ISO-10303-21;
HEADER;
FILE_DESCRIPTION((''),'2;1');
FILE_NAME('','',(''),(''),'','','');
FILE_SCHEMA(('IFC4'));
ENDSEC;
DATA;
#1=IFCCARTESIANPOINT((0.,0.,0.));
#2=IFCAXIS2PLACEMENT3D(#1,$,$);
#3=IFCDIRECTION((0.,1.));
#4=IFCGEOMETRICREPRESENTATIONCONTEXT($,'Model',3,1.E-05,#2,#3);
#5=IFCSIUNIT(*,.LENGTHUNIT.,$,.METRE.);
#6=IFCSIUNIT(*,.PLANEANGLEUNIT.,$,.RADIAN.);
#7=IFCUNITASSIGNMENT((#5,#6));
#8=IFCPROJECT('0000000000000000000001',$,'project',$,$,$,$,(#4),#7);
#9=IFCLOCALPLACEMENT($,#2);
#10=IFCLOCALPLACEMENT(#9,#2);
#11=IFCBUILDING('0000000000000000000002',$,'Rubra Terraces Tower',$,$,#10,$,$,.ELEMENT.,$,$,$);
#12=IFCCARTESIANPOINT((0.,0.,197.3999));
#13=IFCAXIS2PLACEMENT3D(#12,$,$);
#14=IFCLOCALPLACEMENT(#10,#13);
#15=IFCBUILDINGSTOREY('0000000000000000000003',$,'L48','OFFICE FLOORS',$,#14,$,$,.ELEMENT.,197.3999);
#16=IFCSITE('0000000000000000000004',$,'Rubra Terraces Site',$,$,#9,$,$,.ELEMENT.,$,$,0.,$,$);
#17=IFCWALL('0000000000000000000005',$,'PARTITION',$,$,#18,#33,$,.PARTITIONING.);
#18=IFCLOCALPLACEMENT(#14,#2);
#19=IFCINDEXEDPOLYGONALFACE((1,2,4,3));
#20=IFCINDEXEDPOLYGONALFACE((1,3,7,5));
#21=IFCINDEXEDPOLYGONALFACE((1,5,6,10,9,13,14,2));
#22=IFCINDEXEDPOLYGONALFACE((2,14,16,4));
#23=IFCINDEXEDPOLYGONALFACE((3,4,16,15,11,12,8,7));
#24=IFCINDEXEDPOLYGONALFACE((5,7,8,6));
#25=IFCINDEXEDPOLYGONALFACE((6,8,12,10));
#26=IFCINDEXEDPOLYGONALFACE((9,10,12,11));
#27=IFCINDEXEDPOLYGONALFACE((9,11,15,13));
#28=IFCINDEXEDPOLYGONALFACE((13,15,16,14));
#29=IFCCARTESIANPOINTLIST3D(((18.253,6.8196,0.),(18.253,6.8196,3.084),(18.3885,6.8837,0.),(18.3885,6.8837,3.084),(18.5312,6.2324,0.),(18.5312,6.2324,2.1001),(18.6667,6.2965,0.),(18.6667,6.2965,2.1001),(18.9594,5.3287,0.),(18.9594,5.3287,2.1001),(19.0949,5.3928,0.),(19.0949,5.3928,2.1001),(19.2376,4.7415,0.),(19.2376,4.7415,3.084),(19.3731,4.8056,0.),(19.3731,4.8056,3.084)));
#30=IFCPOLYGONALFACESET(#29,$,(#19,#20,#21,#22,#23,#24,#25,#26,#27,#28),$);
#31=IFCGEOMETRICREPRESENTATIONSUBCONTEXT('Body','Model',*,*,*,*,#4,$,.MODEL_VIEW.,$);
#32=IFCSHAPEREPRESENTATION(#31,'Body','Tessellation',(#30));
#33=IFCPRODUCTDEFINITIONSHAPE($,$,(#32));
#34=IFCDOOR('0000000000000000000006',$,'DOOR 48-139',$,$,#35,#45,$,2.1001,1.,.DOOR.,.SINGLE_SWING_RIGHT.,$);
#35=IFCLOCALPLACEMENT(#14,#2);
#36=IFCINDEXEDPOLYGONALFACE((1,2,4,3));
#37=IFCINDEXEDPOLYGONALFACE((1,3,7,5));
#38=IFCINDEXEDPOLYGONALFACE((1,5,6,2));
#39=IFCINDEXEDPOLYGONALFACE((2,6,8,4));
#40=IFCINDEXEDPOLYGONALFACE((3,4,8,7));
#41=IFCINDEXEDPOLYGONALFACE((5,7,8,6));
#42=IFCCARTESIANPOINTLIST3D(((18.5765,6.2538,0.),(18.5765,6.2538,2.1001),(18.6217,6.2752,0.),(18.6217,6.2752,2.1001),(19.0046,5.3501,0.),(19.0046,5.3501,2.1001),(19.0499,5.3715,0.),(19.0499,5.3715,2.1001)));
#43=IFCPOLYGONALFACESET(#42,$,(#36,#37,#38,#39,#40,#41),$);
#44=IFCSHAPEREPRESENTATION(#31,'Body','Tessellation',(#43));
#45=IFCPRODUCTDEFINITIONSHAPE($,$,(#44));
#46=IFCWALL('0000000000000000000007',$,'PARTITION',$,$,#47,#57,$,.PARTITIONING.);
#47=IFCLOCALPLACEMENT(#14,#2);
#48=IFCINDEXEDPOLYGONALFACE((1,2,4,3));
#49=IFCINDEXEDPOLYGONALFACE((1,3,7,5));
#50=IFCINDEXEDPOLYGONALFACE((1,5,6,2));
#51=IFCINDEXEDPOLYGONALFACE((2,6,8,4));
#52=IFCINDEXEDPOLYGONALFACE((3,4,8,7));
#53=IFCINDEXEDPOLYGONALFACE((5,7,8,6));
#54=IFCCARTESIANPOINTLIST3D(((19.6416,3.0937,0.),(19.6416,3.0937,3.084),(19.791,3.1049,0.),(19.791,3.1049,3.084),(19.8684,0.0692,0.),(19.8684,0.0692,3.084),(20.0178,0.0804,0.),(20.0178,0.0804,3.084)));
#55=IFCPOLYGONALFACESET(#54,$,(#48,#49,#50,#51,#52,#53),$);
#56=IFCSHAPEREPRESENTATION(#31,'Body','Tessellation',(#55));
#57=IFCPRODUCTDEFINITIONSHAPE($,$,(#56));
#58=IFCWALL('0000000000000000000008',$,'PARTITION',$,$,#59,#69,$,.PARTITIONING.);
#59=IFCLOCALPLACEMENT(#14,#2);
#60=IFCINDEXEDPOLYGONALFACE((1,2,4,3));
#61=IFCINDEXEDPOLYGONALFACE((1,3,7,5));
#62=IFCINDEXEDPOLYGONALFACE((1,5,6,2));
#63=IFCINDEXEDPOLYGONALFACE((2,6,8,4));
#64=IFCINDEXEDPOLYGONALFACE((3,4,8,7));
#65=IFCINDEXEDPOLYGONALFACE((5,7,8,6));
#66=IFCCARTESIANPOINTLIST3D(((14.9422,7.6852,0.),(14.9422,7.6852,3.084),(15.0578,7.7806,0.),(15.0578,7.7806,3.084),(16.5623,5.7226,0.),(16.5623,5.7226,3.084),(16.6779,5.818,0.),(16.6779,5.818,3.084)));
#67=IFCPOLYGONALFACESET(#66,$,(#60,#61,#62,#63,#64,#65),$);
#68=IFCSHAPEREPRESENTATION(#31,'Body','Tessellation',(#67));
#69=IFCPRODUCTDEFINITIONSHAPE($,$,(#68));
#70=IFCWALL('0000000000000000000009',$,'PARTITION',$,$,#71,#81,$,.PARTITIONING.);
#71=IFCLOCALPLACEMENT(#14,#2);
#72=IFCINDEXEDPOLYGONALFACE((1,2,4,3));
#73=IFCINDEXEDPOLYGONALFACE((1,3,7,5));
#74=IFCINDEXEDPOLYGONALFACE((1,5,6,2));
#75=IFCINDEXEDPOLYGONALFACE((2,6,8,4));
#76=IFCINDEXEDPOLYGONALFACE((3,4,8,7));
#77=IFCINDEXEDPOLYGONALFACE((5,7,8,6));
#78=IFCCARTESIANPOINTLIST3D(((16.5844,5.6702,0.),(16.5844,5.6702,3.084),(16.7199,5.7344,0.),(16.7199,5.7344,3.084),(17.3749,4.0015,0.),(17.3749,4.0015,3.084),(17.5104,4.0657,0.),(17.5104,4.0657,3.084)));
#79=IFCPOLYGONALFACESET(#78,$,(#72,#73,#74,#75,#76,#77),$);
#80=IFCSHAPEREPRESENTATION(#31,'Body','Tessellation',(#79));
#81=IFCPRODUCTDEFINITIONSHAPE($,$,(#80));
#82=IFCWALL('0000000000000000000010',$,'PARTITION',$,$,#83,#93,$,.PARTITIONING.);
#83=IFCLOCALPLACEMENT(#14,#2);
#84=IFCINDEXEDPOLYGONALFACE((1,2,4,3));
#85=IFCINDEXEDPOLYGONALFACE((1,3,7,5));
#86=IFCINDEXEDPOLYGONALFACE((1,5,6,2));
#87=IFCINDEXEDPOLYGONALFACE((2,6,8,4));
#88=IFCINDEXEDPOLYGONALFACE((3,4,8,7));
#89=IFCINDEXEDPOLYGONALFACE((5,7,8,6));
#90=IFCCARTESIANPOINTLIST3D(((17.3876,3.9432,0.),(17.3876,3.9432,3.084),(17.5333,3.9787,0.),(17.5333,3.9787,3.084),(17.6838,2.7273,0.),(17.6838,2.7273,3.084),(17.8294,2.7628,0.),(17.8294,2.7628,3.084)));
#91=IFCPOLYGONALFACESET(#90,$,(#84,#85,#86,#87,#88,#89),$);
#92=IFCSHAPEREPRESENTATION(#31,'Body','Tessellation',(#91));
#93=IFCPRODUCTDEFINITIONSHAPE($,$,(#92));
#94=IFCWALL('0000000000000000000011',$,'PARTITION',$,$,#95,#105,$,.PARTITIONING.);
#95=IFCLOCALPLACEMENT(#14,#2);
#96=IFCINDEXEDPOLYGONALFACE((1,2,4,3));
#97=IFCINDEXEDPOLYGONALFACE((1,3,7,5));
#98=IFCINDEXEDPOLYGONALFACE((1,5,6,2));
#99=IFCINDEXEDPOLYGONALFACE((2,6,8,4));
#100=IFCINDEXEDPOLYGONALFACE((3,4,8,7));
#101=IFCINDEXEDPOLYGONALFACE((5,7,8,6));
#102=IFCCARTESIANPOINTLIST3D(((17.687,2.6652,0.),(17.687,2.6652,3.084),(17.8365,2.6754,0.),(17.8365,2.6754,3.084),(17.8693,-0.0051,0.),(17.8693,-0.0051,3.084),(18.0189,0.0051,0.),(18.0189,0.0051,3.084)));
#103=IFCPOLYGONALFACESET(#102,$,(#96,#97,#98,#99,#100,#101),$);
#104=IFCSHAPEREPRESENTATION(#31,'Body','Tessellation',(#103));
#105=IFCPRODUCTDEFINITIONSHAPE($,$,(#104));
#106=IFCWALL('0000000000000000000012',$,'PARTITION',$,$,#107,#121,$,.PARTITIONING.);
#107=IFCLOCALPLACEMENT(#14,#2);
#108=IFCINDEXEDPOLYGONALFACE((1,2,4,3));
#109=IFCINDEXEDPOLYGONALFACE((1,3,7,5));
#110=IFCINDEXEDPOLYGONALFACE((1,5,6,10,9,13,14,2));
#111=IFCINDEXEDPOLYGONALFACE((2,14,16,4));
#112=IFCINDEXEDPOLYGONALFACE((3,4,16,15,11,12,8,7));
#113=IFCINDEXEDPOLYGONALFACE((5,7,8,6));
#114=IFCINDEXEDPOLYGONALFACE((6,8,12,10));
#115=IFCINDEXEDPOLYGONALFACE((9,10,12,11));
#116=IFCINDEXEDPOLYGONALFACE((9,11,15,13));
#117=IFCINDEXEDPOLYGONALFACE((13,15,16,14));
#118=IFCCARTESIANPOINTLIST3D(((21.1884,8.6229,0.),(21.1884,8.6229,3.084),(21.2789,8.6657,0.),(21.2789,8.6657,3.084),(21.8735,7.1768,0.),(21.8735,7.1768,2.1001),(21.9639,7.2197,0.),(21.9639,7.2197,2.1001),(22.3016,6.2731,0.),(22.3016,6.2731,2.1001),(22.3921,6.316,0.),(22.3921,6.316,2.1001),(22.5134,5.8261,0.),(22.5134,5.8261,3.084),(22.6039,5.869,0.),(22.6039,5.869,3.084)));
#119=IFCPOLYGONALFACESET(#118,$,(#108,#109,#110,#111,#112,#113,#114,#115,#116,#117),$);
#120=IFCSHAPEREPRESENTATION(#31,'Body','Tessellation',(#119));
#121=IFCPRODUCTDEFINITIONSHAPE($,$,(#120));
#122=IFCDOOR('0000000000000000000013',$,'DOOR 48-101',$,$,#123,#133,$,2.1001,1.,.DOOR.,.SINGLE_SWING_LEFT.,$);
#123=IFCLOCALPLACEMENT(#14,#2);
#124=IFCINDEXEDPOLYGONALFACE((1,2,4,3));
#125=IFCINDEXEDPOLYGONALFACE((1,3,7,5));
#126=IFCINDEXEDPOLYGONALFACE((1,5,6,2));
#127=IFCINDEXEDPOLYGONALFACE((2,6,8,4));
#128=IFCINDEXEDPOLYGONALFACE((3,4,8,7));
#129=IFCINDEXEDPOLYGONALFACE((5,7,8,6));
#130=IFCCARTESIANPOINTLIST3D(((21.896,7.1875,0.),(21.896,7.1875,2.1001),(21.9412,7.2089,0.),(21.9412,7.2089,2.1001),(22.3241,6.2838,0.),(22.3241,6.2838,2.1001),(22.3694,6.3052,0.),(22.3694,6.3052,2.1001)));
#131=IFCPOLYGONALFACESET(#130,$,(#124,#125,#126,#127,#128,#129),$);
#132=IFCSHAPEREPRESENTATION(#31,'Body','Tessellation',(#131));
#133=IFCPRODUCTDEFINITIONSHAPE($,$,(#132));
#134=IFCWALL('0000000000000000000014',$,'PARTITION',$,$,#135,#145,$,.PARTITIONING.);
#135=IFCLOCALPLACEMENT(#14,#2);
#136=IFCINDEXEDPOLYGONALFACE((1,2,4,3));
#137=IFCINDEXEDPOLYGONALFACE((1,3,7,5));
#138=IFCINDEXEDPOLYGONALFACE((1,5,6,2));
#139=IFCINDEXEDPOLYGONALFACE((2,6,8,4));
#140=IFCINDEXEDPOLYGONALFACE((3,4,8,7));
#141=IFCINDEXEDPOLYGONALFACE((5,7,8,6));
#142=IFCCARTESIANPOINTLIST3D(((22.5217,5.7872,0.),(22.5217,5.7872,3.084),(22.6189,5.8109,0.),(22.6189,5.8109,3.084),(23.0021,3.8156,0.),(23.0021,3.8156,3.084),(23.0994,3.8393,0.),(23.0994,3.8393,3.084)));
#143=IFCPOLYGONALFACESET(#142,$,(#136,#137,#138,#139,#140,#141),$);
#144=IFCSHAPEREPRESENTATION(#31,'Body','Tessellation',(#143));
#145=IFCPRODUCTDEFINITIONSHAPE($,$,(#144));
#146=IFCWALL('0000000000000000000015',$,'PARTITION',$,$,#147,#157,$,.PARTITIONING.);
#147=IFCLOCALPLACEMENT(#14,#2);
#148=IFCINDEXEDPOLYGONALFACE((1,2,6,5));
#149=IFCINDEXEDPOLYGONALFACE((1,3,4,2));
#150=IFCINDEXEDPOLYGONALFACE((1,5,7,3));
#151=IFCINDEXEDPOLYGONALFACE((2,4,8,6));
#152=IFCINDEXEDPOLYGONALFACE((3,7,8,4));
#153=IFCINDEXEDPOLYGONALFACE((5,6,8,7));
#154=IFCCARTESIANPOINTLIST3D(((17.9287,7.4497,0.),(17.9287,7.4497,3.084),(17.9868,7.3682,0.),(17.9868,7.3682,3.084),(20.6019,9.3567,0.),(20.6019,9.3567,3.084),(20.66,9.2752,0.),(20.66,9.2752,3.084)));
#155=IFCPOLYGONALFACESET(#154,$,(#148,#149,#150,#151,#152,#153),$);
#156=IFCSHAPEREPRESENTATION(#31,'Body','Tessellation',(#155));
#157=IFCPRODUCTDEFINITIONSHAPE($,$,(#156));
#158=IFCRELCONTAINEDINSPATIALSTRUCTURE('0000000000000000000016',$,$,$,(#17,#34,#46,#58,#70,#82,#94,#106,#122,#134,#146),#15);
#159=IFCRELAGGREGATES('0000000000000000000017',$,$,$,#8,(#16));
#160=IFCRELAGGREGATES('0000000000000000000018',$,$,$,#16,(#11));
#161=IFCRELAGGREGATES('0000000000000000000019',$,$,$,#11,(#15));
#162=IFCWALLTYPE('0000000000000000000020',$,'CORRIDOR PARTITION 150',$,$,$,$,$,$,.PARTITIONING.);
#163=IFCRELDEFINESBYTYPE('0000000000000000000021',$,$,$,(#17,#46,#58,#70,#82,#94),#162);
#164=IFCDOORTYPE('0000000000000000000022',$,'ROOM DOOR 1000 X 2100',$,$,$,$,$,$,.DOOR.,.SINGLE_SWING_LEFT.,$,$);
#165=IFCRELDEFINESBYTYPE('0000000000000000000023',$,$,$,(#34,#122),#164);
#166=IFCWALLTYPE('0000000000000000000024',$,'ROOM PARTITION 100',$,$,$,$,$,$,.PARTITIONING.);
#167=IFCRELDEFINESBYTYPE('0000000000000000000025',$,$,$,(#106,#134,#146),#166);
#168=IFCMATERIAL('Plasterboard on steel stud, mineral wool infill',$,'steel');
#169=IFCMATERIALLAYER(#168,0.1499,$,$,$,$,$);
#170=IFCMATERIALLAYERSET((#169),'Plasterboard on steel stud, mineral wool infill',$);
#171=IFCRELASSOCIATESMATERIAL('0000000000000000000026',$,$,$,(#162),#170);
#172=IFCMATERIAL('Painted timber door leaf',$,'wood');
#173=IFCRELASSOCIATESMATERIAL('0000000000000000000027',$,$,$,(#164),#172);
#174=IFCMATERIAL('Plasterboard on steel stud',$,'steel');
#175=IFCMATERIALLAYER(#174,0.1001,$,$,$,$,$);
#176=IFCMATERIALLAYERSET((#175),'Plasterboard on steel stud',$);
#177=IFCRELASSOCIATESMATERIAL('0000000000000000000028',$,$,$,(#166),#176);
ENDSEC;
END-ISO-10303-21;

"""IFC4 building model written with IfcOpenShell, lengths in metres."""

from ifc_helpers import new_model, si_unit, direction, frame, frame_2d, origin, place, context, subcontext, project, spatial, rectangle, extrude, material, layer, layer_set, type_object, element, fill, save


model = new_model("IFC4")

# Units and contexts
model_context = context("Model", 3, precision=1e-05, world=origin(), true_north=direction((0.0, 1.0)))
body_context = subcontext(model_context, "Body", "Model", "MODEL_VIEW")
ifc_project = project(units=[si_unit("LENGTHUNIT", "METRE"), si_unit("PLANEANGLEUNIT", "RADIAN")], contexts=[model_context])

# Site, building, storey
site_placement = place(None, origin())
site = spatial("IfcSite", under=ifc_project, at=site_placement, Name="Rubra Terraces Site", CompositionType="ELEMENT", RefElevation=0.0)
building_placement = place(site_placement, origin())
building = spatial("IfcBuilding", under=site, at=building_placement, Name="Rubra Terraces Tower", CompositionType="ELEMENT")
storey_placement = place(building_placement, frame((0.0, 0.0, 197.3999)))
storey = spatial("IfcBuildingStorey", under=building, at=storey_placement, Name="L48", Description="OFFICE FLOORS", CompositionType="ELEMENT", Elevation=197.3999)

# Shared definitions
ifc_material_1 = material(Name="Plasterboard on steel stud, mineral wool infill", Category="steel")
ifc_layer_1 = layer(ifc_material_1, 0.1499)
ifc_layer_set_1 = layer_set([ifc_layer_1], Name="Plasterboard on steel stud, mineral wool infill")
wall_type_1 = type_object("IfcWallType", Name="CORRIDOR PARTITION 150", PredefinedType="PARTITIONING", material=ifc_layer_set_1)

# Wall, opening, door
wall_1_placement = place(storey_placement, frame((19.3054, 4.7734, 0.0), z_axis=(0.0, 0.0, 1.0), x_axis=(-0.428173, 0.903697, 0.0)))
wall_1 = element("IfcWall", 1, at=wall_1_placement, inside=storey, type_object=wall_type_1, Name="PARTITION", PredefinedType="PARTITIONING", context=body_context, shape_type="SweptSolid", body=[
    extrude(rectangle(XDim=2.2996, YDim=0.1499, at=frame_2d((1.1499, 0.0))), origin(), (0.0, 0.0, 1.0), 3.084),
])
opening_1_placement = place(wall_1_placement, frame((0.6499, 0.0, 0.0)))
opening_1 = element("IfcOpeningElement", 2, at=opening_1_placement, cuts=wall_1, PredefinedType="OPENING", context=body_context, shape_type="SweptSolid", body=[
    extrude(rectangle(XDim=1.0, YDim=2.1001, at=frame_2d((0.5, 1.05))), frame((0.0, 0.085, 0.0), z_axis=(0.0, -1.0, 0.0), x_axis=(1.0, 0.0, 0.0)), (0.0, 0.0, 1.0), 0.1699),
])
ifc_material_2 = material(Name="Painted timber door leaf", Category="wood")
door_type_1 = type_object("IfcDoorType", Name="ROOM DOOR 1000 X 2100", OperationType="SINGLE_SWING_LEFT", PredefinedType="DOOR", material=ifc_material_2)
door_1_placement = place(opening_1_placement, origin())
door_1 = element("IfcDoor", 3, at=door_1_placement, inside=storey, type_object=door_type_1, Name="DOOR 48-139", OperationType="SINGLE_SWING_RIGHT", OverallHeight=2.1001, OverallWidth=1.0, PredefinedType="DOOR", context=body_context, shape_type="SweptSolid", body=[
    extrude(rectangle(XDim=1.0, YDim=2.1001, at=frame_2d((0.5, 1.05))), frame((0.0, 0.0249, 0.0), z_axis=(0.0, -1.0, 0.0), x_axis=(1.0, 0.0, 0.0)), (0.0, 0.0, 1.0), 0.05),
])
fill(opening_1, door_1)

# Walls
wall_2_placement = place(storey_placement, frame((19.9431, 0.0747, 0.0), z_axis=(0.0, 0.0, 1.0), x_axis=(-0.074782, 0.9972, 0.0)))
element("IfcWall", 4, at=wall_2_placement, inside=storey, type_object=wall_type_1, Name="PARTITION", PredefinedType="PARTITIONING", context=body_context, shape_type="SweptSolid", body=[
    extrude(rectangle(XDim=3.033, YDim=0.1499, at=frame_2d((1.5166, 0.0))), origin(), (0.0, 0.0, 1.0), 3.084),
])
wall_3_placement = place(storey_placement, frame((15.0, 7.7329, 0.0), z_axis=(0.0, 0.0, 1.0), x_axis=(0.636601, -0.771193, 0.0)))
element("IfcWall", 5, at=wall_3_placement, inside=storey, type_object=wall_type_1, Name="PARTITION", PredefinedType="PARTITIONING", context=body_context, shape_type="SweptSolid", body=[
    extrude(rectangle(XDim=2.5449, YDim=0.1499, at=frame_2d((1.2725, 0.0))), origin(), (0.0, 0.0, 1.0), 3.084),
])
wall_4_placement = place(storey_placement, frame((16.6521, 5.7024, 0.0), z_axis=(0.0, 0.0, 1.0), x_axis=(0.428126, -0.903719, 0.0)))
element("IfcWall", 6, at=wall_4_placement, inside=storey, type_object=wall_type_1, Name="PARTITION", PredefinedType="PARTITIONING", context=body_context, shape_type="SweptSolid", body=[
    extrude(rectangle(XDim=1.8464, YDim=0.1499, at=frame_2d((0.9233, 0.0))), origin(), (0.0, 0.0, 1.0), 3.084),
])
wall_5_placement = place(storey_placement, frame((17.4604, 3.9609, 0.0), z_axis=(0.0, 0.0, 1.0), x_axis=(0.236655, -0.971594, 0.0)))
element("IfcWall", 7, at=wall_5_placement, inside=storey, type_object=wall_type_1, Name="PARTITION", PredefinedType="PARTITIONING", context=body_context, shape_type="SweptSolid", body=[
    extrude(rectangle(XDim=1.2515, YDim=0.1499, at=frame_2d((0.6257, 0.0))), origin(), (0.0, 0.0, 1.0), 3.084),
])
wall_6_placement = place(storey_placement, frame((17.7617, 2.6704, 0.0), z_axis=(0.0, 0.0, 1.0), x_axis=(0.068135, -0.997676, 0.0)))
element("IfcWall", 8, at=wall_6_placement, inside=storey, type_object=wall_type_1, Name="PARTITION", PredefinedType="PARTITIONING", context=body_context, shape_type="SweptSolid", body=[
    extrude(rectangle(XDim=2.6765, YDim=0.1499, at=frame_2d((1.3384, 0.0))), origin(), (0.0, 0.0, 1.0), 3.084),
])

# Wall, opening, door
ifc_material_3 = material(Name="Plasterboard on steel stud", Category="steel")
ifc_layer_2 = layer(ifc_material_3, 0.1001)
ifc_layer_set_2 = layer_set([ifc_layer_2], Name="Plasterboard on steel stud")
wall_type_2 = type_object("IfcWallType", Name="ROOM PARTITION 100", PredefinedType="PARTITIONING", material=ifc_layer_set_2)
wall_7_placement = place(storey_placement, frame((21.2336, 8.6443, 0.0), z_axis=(0.0, 0.0, 1.0), x_axis=(0.428147, -0.903709, 0.0)))
wall_7 = element("IfcWall", 9, at=wall_7_placement, inside=storey, type_object=wall_type_2, Name="PARTITION", PredefinedType="PARTITIONING", context=body_context, shape_type="SweptSolid", body=[
    extrude(rectangle(XDim=3.0947, YDim=0.1001, at=frame_2d((1.5474, 0.0))), origin(), (0.0, 0.0, 1.0), 3.084),
])
opening_2_placement = place(wall_7_placement, frame((1.6001, 0.0, 0.0)))
opening_2 = element("IfcOpeningElement", 10, at=opening_2_placement, cuts=wall_7, PredefinedType="OPENING", context=body_context, shape_type="SweptSolid", body=[
    extrude(rectangle(XDim=1.0, YDim=2.1001, at=frame_2d((0.5, 1.05))), frame((0.0, 0.0601, 0.0), z_axis=(0.0, -1.0, 0.0), x_axis=(1.0, 0.0, 0.0)), (0.0, 0.0, 1.0), 0.1201),
])
door_2_placement = place(opening_2_placement, origin())
door_2 = element("IfcDoor", 11, at=door_2_placement, inside=storey, type_object=door_type_1, Name="DOOR 48-101", OperationType="SINGLE_SWING_LEFT", OverallHeight=2.1001, OverallWidth=1.0, PredefinedType="DOOR", context=body_context, shape_type="SweptSolid", body=[
    extrude(rectangle(XDim=1.0, YDim=2.1001, at=frame_2d((0.5, 1.05))), frame((0.0, 0.0249, 0.0), z_axis=(0.0, -1.0, 0.0), x_axis=(1.0, 0.0, 0.0)), (0.0, 0.0, 1.0), 0.05),
])
fill(opening_2, door_2)

# Walls
wall_8_placement = place(storey_placement, frame((22.5703, 5.7991, 0.0), z_axis=(0.0, 0.0, 1.0), x_axis=(0.236757, -0.971569, 0.0)))
element("IfcWall", 12, at=wall_8_placement, inside=storey, type_object=wall_type_2, Name="PARTITION", PredefinedType="PARTITIONING", context=body_context, shape_type="SweptSolid", body=[
    extrude(rectangle(XDim=2.0293, YDim=0.1001, at=frame_2d((1.0146, 0.0))), origin(), (0.0, 0.0, 1.0), 3.084),
])
wall_9_placement = place(storey_placement, frame((17.9578, 7.4089, 0.0), z_axis=(0.0, 0.0, 1.0), x_axis=(0.814075, 0.58076, 0.0)))
element("IfcWall", 13, at=wall_9_placement, inside=storey, type_object=wall_type_2, Name="PARTITION", PredefinedType="PARTITIONING", context=body_context, shape_type="SweptSolid", body=[
    extrude(rectangle(XDim=3.2837, YDim=0.1001, at=frame_2d((1.6418, 0.0))), origin(), (0.0, 0.0, 1.0), 3.084),
])

save(model, "model.ifc")
